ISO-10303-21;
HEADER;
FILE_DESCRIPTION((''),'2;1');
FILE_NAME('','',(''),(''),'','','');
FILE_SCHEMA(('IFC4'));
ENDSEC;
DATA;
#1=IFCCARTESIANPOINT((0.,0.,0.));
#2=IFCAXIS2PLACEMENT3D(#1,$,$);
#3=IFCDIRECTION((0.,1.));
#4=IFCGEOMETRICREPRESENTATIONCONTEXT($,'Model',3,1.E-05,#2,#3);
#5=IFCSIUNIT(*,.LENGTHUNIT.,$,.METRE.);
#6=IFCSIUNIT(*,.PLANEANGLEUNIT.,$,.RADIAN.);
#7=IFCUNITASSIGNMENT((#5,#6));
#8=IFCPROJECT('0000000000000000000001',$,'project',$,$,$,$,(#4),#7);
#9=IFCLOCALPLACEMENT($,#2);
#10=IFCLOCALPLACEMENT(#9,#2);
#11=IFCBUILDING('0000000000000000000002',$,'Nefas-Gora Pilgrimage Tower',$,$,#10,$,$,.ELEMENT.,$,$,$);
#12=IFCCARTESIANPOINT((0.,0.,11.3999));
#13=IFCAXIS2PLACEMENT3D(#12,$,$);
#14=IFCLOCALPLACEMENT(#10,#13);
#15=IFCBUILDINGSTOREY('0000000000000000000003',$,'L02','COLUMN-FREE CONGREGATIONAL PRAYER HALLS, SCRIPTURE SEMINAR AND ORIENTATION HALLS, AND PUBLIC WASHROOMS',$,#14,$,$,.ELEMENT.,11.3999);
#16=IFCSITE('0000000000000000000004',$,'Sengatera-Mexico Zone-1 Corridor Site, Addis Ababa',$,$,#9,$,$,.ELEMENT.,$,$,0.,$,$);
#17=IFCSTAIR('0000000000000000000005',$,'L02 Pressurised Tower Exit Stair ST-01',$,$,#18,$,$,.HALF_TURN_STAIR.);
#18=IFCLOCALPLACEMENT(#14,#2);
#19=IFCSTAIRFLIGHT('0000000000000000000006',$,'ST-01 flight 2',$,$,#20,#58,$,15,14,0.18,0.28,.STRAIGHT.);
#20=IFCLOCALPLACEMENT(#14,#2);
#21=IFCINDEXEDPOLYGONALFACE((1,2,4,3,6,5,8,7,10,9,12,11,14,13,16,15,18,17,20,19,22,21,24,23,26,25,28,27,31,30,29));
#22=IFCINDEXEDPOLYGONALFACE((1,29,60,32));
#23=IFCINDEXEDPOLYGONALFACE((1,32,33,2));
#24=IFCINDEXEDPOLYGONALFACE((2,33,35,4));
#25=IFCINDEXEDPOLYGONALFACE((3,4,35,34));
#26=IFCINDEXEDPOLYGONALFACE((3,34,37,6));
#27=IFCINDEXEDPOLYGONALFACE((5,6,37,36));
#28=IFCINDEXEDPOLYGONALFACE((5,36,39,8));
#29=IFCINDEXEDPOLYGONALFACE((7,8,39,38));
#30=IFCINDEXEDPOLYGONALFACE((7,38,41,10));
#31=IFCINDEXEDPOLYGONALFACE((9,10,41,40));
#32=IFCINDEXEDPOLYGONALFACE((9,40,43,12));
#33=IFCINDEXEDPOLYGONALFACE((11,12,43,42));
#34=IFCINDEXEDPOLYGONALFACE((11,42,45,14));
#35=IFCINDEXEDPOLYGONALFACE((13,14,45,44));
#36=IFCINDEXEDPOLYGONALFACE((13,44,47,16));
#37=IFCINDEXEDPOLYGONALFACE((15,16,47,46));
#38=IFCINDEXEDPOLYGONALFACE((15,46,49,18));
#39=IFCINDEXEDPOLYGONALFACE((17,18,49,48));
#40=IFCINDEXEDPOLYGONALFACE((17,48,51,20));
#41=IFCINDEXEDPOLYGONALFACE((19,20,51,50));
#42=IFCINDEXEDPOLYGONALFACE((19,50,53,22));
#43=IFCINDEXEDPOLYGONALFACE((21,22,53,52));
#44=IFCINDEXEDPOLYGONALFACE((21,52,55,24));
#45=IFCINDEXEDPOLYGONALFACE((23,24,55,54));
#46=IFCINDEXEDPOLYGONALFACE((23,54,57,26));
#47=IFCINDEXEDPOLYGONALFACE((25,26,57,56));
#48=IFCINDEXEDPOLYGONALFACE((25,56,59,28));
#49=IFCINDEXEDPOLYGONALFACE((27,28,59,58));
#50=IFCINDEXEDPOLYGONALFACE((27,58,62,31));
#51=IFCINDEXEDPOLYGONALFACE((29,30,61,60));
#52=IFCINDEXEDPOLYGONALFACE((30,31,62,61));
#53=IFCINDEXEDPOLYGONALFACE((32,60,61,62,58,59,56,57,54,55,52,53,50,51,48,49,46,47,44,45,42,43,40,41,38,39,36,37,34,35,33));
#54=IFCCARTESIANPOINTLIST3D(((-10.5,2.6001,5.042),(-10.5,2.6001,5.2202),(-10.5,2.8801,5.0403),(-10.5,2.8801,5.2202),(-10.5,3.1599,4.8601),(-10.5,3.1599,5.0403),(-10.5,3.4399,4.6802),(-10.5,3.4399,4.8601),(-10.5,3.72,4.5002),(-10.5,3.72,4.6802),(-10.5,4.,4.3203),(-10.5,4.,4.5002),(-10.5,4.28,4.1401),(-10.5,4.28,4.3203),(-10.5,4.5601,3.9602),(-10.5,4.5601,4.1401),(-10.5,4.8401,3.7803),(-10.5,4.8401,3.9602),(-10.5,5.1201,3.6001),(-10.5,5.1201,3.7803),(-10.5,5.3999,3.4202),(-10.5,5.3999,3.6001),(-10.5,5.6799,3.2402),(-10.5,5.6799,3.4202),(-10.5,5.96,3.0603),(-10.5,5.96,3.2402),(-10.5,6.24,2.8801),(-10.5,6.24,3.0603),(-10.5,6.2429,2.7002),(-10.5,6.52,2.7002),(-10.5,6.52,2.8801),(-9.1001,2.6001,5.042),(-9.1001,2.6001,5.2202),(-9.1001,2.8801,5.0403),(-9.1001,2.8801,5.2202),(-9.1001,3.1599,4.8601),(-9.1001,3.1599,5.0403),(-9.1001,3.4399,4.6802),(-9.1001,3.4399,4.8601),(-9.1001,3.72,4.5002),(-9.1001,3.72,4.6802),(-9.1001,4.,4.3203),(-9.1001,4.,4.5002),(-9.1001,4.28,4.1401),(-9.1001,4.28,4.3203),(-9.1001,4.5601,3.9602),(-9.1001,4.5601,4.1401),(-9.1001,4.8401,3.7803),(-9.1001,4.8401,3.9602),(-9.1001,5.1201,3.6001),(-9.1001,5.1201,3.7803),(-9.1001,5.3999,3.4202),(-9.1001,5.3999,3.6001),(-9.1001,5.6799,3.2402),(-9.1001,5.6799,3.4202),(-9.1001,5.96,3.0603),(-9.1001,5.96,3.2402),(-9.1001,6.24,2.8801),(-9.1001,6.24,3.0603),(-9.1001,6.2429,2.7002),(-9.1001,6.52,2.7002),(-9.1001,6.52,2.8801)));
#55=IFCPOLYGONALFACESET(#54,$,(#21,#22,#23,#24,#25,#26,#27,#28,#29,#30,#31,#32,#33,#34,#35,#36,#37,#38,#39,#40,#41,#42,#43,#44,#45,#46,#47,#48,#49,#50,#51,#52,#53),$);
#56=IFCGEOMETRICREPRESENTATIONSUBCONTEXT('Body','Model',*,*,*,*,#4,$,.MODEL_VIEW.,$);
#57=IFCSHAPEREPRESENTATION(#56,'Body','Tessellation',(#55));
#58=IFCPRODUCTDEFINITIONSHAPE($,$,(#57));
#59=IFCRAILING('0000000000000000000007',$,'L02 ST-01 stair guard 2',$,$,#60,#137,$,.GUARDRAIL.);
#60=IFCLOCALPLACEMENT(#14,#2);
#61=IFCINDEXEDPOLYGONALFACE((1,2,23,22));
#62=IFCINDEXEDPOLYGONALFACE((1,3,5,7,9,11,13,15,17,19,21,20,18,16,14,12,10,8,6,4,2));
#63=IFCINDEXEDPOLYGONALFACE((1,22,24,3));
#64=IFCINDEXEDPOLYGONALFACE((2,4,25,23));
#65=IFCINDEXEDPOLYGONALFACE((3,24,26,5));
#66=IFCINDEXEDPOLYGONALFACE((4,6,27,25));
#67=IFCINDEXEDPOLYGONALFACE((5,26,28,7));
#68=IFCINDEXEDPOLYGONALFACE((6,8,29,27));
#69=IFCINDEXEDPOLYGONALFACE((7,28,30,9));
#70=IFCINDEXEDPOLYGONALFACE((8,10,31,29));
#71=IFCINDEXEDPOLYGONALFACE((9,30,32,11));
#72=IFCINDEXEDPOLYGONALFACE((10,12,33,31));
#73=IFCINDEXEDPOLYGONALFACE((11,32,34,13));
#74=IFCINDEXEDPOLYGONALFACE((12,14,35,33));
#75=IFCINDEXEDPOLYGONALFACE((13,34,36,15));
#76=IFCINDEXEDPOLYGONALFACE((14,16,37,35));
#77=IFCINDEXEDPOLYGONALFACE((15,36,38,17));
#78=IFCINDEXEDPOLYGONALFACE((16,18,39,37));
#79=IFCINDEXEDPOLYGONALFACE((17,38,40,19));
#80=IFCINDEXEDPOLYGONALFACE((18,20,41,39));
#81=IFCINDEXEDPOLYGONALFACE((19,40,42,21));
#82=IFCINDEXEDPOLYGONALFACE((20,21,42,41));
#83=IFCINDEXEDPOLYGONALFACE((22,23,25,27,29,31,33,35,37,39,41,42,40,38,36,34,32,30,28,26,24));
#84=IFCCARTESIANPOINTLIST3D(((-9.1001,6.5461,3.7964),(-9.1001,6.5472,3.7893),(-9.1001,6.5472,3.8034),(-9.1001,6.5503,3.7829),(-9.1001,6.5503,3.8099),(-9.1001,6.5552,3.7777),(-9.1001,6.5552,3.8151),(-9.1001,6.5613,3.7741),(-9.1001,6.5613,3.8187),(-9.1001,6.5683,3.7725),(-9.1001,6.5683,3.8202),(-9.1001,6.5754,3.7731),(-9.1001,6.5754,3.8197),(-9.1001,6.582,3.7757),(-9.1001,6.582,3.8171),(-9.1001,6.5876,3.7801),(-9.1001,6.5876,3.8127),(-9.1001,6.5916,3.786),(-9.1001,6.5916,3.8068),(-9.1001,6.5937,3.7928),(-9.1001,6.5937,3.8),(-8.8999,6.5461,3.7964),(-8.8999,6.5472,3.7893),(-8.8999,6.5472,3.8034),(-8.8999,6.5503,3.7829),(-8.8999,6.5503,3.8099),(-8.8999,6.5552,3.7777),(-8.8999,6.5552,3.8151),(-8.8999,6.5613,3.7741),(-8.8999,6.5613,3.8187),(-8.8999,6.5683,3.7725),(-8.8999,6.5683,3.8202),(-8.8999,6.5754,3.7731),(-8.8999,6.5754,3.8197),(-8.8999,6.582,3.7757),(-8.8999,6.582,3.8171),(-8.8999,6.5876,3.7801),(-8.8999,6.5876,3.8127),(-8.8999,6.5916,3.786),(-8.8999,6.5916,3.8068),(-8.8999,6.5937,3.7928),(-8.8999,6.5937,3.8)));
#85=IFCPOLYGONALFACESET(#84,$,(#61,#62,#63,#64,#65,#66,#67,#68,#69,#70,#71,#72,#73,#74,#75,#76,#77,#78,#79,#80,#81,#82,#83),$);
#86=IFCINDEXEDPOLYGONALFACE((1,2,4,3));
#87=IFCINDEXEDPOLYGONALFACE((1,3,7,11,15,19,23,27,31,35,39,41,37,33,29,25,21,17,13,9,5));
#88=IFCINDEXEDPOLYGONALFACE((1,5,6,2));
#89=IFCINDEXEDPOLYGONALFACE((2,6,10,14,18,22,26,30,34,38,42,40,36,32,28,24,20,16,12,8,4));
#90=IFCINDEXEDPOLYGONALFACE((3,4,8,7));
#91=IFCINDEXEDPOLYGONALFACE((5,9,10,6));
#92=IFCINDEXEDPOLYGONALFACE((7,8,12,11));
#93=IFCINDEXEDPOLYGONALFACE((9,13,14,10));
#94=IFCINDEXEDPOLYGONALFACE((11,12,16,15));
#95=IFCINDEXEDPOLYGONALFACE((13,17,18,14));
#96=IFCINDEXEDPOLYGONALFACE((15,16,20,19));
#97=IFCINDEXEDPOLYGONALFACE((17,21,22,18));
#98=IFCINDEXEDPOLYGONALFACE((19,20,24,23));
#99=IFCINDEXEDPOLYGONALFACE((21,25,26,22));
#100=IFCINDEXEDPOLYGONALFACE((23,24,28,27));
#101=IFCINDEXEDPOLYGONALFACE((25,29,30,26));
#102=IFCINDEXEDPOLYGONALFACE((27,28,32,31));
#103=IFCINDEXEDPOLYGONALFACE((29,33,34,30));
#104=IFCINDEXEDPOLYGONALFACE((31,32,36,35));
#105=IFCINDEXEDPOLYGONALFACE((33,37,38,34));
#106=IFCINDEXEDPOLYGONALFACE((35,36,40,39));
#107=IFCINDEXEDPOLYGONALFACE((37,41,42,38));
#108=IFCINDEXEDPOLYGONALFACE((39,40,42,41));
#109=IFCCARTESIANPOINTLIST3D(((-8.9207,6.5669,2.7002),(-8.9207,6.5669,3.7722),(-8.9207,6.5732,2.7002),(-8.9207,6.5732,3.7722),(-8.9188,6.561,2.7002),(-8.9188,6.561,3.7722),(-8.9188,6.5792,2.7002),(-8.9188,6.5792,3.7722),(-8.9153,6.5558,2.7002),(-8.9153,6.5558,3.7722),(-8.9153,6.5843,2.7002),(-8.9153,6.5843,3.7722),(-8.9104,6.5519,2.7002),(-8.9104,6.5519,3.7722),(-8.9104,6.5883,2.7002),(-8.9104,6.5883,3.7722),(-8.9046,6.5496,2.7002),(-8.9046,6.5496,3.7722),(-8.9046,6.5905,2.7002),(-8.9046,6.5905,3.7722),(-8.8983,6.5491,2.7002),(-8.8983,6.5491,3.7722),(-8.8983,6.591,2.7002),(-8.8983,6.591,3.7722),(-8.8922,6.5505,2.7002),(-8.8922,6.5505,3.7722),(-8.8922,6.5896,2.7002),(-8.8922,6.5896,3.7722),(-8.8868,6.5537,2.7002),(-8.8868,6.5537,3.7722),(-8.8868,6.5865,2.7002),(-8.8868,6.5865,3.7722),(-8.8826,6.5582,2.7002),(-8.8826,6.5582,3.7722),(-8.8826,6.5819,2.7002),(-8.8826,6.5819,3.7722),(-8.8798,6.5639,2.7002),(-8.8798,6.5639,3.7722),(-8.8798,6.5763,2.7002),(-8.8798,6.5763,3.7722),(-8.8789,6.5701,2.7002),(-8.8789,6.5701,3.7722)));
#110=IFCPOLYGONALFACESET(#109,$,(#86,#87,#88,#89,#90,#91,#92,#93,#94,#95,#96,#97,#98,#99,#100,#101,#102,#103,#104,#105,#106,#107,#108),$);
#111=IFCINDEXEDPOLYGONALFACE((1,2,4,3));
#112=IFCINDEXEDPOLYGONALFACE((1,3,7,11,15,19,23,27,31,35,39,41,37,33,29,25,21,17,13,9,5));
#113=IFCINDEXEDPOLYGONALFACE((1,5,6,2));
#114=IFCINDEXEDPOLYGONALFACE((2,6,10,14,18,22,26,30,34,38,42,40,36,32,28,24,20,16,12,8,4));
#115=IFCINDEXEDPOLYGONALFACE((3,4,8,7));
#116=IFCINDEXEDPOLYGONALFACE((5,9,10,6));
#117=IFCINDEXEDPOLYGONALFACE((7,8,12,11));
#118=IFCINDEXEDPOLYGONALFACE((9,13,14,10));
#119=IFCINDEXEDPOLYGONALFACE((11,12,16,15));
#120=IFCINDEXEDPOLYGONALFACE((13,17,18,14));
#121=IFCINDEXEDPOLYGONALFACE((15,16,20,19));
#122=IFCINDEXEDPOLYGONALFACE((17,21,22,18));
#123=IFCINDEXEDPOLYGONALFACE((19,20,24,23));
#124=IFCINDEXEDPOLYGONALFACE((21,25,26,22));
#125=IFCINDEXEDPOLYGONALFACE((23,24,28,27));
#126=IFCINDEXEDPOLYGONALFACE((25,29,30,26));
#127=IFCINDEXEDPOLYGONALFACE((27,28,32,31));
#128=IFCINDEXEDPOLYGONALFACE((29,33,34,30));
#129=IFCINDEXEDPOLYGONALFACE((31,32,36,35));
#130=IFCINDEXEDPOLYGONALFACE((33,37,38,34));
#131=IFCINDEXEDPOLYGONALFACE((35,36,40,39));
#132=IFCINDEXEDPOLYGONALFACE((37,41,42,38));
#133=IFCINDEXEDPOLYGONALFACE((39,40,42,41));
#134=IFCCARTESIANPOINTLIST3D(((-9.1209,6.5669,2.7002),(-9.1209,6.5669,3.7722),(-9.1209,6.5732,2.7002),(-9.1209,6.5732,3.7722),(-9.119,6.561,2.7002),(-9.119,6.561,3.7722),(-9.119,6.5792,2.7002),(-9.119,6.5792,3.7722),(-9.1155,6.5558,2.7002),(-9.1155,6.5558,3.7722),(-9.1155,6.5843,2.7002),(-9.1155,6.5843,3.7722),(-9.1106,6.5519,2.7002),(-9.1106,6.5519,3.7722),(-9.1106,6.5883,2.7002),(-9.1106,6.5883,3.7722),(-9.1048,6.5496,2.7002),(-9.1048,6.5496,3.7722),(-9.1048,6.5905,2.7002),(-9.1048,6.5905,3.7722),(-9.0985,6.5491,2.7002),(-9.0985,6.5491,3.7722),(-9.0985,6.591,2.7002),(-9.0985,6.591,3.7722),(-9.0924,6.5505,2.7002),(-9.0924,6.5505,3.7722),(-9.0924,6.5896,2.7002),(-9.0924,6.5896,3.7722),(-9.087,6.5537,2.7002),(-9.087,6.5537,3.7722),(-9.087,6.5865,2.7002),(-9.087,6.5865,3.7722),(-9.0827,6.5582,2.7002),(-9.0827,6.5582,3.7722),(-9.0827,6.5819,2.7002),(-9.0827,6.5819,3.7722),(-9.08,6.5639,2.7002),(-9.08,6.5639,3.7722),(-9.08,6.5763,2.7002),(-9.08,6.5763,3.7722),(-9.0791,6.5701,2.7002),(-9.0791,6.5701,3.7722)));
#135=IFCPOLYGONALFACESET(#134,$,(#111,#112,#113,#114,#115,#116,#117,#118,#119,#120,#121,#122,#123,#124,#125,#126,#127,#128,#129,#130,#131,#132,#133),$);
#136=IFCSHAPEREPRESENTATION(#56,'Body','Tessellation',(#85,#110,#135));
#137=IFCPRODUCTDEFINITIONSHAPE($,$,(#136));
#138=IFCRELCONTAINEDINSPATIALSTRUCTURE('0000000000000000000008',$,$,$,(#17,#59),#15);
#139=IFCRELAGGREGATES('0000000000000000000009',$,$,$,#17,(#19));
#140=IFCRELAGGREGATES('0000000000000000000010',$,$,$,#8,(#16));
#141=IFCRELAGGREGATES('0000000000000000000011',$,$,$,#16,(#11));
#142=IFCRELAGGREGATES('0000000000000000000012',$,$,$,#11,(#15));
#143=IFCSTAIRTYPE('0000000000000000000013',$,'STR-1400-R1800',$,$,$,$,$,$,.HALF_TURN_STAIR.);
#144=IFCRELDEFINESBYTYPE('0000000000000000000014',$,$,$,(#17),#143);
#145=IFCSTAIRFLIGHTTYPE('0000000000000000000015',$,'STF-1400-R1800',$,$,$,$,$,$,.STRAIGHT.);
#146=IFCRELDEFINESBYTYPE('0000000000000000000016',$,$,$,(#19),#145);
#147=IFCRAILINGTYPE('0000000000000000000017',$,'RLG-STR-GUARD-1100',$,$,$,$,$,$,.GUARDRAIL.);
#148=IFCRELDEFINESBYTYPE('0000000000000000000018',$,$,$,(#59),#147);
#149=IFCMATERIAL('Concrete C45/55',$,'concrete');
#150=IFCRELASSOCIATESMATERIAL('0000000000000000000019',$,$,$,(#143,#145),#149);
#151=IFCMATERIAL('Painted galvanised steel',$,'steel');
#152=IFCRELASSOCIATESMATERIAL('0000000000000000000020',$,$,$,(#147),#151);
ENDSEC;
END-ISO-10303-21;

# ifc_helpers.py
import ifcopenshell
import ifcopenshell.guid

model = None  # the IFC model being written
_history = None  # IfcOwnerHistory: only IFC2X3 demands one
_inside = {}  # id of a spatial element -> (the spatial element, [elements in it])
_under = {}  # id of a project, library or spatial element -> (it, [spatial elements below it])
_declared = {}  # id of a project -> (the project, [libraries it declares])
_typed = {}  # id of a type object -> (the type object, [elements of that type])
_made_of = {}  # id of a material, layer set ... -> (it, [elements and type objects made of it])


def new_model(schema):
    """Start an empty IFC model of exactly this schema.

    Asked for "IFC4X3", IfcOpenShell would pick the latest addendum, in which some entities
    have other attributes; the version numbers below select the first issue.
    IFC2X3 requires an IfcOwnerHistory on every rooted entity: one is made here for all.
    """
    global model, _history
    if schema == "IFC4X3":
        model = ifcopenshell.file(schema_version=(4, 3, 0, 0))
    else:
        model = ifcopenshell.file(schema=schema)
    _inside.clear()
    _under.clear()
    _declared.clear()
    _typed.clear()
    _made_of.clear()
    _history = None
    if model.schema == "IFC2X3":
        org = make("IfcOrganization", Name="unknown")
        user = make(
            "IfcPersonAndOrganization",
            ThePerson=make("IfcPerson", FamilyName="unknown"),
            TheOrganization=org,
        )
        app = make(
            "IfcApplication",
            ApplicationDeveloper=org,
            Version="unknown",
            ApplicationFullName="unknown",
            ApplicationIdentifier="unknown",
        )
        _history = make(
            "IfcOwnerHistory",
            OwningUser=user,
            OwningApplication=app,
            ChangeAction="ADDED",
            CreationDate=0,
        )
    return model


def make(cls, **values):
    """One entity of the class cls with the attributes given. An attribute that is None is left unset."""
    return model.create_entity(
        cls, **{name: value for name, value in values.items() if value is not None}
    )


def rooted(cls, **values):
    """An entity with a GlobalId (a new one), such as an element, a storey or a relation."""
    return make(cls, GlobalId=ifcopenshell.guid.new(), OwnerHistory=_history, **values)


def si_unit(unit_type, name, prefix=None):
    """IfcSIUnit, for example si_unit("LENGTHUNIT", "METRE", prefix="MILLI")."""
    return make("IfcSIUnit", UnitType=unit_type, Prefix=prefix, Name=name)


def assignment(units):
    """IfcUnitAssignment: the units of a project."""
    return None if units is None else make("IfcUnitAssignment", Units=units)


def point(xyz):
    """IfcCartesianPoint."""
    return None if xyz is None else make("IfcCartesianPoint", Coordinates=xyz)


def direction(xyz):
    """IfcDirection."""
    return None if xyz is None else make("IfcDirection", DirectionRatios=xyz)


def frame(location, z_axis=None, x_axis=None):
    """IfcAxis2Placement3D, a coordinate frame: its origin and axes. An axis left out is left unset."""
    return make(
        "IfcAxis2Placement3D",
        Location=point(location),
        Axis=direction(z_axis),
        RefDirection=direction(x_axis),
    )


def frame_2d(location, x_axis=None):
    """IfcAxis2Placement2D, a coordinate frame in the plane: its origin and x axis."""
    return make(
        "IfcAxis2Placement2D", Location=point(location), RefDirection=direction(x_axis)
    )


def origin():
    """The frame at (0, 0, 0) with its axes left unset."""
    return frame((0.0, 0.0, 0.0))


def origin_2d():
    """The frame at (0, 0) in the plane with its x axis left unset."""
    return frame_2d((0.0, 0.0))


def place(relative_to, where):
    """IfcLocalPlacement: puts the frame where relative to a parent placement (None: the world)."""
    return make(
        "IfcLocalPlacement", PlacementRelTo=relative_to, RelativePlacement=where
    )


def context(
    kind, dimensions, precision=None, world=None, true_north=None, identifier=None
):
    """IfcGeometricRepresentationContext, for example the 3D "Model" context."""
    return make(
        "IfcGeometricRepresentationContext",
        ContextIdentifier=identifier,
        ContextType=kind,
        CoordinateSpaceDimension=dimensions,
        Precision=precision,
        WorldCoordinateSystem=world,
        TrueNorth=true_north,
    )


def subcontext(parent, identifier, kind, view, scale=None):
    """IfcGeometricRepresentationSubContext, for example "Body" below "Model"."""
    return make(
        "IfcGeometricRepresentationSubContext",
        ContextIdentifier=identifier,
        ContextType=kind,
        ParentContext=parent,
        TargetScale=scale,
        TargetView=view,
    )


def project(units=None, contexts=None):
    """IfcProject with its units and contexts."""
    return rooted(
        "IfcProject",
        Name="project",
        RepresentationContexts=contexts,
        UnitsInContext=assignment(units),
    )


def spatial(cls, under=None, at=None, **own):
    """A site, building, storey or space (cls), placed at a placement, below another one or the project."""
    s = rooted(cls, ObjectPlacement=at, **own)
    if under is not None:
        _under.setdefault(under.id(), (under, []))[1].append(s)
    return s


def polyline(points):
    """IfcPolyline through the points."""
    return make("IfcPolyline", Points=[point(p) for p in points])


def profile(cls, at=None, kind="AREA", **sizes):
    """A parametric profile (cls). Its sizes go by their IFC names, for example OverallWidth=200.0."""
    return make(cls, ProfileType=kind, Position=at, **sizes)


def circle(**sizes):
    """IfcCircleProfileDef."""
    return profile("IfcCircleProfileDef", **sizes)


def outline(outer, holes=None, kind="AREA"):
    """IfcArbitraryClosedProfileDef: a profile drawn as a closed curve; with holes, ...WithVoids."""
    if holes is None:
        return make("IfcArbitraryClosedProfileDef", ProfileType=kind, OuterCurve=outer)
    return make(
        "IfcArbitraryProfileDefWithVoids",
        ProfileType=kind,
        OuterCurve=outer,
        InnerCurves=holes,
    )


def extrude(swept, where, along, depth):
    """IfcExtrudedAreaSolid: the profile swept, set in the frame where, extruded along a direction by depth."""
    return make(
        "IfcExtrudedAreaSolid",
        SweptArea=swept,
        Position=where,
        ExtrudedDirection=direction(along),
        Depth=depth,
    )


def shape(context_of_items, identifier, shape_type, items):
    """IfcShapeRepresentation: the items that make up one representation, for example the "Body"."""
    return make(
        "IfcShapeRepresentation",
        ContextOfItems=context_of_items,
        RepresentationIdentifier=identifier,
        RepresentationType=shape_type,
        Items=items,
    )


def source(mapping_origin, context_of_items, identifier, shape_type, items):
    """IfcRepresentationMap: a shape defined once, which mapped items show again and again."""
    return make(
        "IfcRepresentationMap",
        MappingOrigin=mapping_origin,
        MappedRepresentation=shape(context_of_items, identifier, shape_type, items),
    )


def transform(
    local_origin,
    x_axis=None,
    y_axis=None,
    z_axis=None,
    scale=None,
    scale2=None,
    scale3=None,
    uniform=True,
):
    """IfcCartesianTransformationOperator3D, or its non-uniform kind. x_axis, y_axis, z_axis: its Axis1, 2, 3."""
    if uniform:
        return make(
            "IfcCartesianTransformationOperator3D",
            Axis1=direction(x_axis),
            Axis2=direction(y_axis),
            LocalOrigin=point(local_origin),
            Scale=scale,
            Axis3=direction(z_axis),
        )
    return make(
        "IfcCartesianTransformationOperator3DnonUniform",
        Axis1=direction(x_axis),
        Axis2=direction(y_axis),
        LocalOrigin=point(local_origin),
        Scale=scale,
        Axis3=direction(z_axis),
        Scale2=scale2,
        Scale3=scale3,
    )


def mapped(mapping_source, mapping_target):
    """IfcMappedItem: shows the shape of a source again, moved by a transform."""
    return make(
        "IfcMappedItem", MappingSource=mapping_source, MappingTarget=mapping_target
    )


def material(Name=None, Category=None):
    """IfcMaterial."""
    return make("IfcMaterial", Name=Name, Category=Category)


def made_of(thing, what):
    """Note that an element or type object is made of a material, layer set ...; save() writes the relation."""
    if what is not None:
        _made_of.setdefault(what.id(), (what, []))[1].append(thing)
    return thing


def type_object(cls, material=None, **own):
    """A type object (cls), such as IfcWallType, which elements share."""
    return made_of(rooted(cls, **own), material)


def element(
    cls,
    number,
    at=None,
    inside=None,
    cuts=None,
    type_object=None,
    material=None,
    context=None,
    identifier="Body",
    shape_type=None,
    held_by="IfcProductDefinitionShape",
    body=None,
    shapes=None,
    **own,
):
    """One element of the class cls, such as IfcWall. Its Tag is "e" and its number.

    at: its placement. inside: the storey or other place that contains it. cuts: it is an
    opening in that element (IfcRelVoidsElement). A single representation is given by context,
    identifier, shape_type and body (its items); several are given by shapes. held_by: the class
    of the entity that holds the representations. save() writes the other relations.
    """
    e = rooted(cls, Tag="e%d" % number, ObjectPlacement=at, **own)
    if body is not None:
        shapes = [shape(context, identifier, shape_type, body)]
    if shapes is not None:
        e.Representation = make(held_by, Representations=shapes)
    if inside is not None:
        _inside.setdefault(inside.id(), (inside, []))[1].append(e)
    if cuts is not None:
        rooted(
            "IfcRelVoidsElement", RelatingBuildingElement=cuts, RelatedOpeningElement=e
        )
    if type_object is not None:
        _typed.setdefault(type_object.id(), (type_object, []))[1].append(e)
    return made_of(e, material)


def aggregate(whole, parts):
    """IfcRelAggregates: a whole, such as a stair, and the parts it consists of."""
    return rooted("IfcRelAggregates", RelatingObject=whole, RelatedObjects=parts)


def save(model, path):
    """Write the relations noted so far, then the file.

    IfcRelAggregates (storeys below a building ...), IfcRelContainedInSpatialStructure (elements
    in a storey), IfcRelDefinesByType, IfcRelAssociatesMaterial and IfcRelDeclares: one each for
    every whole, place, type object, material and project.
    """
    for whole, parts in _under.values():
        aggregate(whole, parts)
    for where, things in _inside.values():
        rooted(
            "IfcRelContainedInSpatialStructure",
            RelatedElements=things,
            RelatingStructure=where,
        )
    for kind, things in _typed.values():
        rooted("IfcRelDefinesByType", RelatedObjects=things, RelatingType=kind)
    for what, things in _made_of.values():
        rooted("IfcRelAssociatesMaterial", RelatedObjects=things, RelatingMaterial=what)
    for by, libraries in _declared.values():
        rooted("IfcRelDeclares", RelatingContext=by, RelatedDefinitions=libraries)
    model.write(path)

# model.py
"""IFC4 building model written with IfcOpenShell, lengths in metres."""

from ifc_helpers import new_model, si_unit, direction, frame, origin, origin_2d, place, context, subcontext, project, spatial, polyline, circle, outline, extrude, source, transform, mapped, material, type_object, element, aggregate, save


model = new_model("IFC4")

# Units and contexts
model_context = context("Model", 3, precision=1e-05, world=origin(), true_north=direction((0.0, 1.0)))
body_context = subcontext(model_context, "Body", "Model", "MODEL_VIEW")
ifc_project = project(units=[si_unit("LENGTHUNIT", "METRE"), si_unit("PLANEANGLEUNIT", "RADIAN")], contexts=[model_context])

# Site, building, storey
site_placement = place(None, origin())
site = spatial("IfcSite", under=ifc_project, at=site_placement, Name="Sengatera-Mexico Zone-1 Corridor Site, Addis Ababa", CompositionType="ELEMENT", RefElevation=0.0)
building_placement = place(site_placement, origin())
building = spatial("IfcBuilding", under=site, at=building_placement, Name="Nefas-Gora Pilgrimage Tower", CompositionType="ELEMENT")
storey_placement = place(building_placement, frame((0.0, 0.0, 11.3999)))
storey = spatial("IfcBuildingStorey", under=building, at=storey_placement, Name="L02", Description="COLUMN-FREE CONGREGATIONAL PRAYER HALLS, SCRIPTURE SEMINAR AND ORIENTATION HALLS, AND PUBLIC WASHROOMS", CompositionType="ELEMENT", Elevation=11.3999)

# Shared definitions
ifc_material_1 = material(Name="Concrete C45/55", Category="concrete")

# Stair, stair flight
stair_type = type_object("IfcStairType", Name="STR-1400-R1800", PredefinedType="HALF_TURN_STAIR", material=ifc_material_1)
stair_placement = place(storey_placement, origin())
stair = element("IfcStair", 1, at=stair_placement, inside=storey, type_object=stair_type, Name="L02 Pressurised Tower Exit Stair ST-01", PredefinedType="HALF_TURN_STAIR")
stair_flight_type = type_object("IfcStairFlightType", Name="STF-1400-R1800", PredefinedType="STRAIGHT", material=ifc_material_1)
shared_shape_1 = source(origin(), body_context, "Body", "SweptSolid", [
    extrude(outline(polyline([(0.0, 0.0), (0.0, 0.1799), (0.28, 0.1799), (0.28, 0.3601), (0.5601, 0.3601), (0.5601, 0.54), (0.8401, 0.54), (0.8401, 0.72), (1.1201, 0.72), (1.1201, 0.8999), (1.3999, 0.8999), (1.3999, 1.0801), (1.6799, 1.0801), (1.6799, 1.26), (1.96, 1.26), (1.96, 1.4399), (2.24, 1.4399), (2.24, 1.6201), (2.52, 1.6201), (2.52, 1.8), (2.8, 1.8), (2.8, 1.98), (3.0801, 1.98), (3.0801, 2.1599), (3.3601, 2.1599), (3.3601, 2.3401), (3.6399, 2.3401), (3.6399, 2.52), (3.9199, 2.52), (3.9199, 2.7), (3.9199, 2.3418), (0.2771, 0.0), (0.0, 0.0)])), frame((0.0, 0.7, 0.0), z_axis=(0.0, -1.0, 0.0), x_axis=(1.0, 0.0, 0.0)), (0.0, 0.0, 1.0), 1.3999),
])
stair_flight_placement = place(storey_placement, frame((-9.8, 6.52, 2.7002), z_axis=(0.0, 0.0, 1.0), x_axis=(0.0, -1.0, 0.0)))
stair_flight = element("IfcStairFlight", 2, at=stair_flight_placement, type_object=stair_flight_type, Name="ST-01 flight 2", NumberOfRisers=15, NumberOfTreads=14, PredefinedType="STRAIGHT", RiserHeight=0.18, TreadLength=0.28, context=body_context, shape_type="MappedRepresentation", body=[
    mapped(shared_shape_1, transform((0.0, 0.0, 0.0), x_axis=(1.0, 0.0, 0.0), y_axis=(0.0, 1.0, 0.0), z_axis=(0.0, 0.0, 1.0), scale=1.0)),
])
aggregate(stair, [stair_flight])

# Railing
ifc_material_2 = material(Name="Painted galvanised steel", Category="steel")
railing_type_1 = type_object("IfcRailingType", Name="RLG-STR-GUARD-1100", PredefinedType="GUARDRAIL", material=ifc_material_2)
railing_1_placement = place(storey_placement, frame((-8.8999, 6.5701, 2.7002)))
element("IfcRailing", 3, at=railing_1_placement, inside=storey, type_object=railing_type_1, Name="L02 ST-01 stair guard 2", PredefinedType="GUARDRAIL", context=body_context, shape_type="SweptSolid", body=[
    extrude(circle(Radius=0.0239, at=origin_2d()), frame((0.0, 0.0, 1.0962), z_axis=(-1.0, 0.0, 0.0), x_axis=(0.0, -1.0, 0.0)), (0.0, 0.0, 1.0), 0.2002),
    extrude(circle(Radius=0.021, at=origin_2d()), origin(), (0.0, 0.0, 1.0), 1.072),
    extrude(circle(Radius=0.021, at=origin_2d()), frame((-0.2002, 0.0, 0.0)), (0.0, 0.0, 1.0), 1.072),
])

save(model, "model.ifc")
